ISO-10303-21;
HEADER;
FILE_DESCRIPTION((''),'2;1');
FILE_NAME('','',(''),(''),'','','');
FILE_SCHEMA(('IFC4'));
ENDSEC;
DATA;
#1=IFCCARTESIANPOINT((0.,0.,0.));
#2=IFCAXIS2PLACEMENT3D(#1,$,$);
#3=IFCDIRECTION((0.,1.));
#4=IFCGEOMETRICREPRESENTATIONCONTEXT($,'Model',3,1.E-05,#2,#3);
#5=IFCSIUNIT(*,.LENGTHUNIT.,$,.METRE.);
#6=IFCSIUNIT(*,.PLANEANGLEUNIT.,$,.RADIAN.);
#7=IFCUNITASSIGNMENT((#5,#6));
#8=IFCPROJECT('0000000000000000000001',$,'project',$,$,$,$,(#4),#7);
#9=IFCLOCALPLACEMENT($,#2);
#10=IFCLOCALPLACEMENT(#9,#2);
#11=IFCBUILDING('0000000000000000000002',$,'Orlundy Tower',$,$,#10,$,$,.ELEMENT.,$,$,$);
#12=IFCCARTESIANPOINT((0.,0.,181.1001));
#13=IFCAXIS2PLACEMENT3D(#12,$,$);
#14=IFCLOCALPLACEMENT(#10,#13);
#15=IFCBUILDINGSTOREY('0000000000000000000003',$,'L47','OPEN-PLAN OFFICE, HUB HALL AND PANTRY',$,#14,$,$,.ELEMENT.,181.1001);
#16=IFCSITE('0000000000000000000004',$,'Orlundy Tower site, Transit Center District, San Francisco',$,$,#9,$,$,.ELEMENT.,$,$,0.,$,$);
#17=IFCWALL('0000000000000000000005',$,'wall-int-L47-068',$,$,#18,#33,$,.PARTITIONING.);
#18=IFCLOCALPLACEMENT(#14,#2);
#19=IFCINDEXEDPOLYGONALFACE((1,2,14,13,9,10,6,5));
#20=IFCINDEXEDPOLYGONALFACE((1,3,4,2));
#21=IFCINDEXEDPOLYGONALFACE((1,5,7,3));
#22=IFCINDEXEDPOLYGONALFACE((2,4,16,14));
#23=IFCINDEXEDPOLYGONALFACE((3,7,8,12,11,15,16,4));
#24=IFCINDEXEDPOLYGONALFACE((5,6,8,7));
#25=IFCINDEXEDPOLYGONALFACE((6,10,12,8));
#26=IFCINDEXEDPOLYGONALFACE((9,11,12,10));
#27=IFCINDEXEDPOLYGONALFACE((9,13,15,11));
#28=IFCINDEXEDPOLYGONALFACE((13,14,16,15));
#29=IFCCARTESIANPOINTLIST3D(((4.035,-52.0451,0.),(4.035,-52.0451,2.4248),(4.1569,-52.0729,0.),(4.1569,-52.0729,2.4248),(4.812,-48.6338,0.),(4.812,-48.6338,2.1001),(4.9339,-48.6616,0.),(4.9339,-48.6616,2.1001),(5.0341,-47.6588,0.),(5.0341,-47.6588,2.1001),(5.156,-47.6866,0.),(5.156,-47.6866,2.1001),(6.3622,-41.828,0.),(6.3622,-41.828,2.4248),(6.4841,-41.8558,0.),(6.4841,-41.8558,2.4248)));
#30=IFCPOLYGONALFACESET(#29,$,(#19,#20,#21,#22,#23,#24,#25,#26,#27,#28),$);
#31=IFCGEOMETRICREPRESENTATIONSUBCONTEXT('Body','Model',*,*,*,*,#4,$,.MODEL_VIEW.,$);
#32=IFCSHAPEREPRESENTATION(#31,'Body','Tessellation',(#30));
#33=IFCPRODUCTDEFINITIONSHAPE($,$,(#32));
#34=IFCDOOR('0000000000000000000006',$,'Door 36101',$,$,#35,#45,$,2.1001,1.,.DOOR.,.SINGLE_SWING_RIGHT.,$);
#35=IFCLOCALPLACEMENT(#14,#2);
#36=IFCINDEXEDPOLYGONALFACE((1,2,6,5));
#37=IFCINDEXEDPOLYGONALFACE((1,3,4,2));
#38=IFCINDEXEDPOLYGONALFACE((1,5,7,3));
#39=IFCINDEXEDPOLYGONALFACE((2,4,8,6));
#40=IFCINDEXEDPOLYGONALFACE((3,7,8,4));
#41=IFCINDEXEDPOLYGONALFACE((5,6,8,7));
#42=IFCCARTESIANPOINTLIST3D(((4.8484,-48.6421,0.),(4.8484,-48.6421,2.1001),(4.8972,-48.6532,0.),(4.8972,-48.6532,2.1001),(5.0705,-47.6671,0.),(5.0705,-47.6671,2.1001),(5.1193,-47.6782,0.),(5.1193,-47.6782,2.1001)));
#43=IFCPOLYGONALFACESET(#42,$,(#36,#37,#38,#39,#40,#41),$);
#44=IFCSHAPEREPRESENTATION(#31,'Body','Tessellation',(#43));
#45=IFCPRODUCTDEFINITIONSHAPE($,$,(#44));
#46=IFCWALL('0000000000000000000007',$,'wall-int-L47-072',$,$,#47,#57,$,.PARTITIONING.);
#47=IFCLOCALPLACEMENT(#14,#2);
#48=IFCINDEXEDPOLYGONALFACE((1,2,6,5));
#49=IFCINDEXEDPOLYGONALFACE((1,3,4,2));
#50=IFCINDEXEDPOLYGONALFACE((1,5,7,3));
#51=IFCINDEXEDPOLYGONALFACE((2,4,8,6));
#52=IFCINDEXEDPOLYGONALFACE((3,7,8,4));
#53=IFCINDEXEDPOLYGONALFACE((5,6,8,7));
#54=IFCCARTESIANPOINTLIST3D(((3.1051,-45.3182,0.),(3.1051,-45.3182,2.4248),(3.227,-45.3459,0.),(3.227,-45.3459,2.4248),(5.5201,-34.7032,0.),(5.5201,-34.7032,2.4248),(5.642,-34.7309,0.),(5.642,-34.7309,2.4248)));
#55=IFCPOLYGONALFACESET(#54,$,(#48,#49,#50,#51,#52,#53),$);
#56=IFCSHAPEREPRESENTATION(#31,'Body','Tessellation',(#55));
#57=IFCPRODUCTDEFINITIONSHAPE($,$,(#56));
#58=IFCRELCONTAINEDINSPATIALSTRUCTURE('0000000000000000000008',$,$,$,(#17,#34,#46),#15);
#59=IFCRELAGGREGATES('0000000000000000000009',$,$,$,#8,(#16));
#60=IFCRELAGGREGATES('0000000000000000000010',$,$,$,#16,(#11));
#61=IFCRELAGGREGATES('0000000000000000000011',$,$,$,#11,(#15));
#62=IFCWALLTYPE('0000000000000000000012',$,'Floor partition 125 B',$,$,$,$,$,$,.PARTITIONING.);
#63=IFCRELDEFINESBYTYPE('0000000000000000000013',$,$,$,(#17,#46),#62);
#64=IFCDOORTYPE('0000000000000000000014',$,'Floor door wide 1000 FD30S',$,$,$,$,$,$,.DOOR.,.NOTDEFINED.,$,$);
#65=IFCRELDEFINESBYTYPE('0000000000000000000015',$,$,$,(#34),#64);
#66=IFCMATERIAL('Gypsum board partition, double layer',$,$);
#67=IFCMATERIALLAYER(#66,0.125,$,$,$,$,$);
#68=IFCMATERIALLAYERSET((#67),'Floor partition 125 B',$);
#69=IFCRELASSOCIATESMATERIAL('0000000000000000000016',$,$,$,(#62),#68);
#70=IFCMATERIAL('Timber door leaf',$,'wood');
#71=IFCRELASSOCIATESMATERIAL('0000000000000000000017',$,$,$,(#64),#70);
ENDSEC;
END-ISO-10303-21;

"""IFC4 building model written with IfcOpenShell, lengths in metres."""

from ifc_helpers import new_model, si_unit, direction, frame, frame_2d, origin, place, context, subcontext, project, spatial, rectangle, extrude, material, layer, layer_set, type_object, element, fill, save


model = new_model("IFC4")

# Units and contexts
model_context = context("Model", 3, precision=1e-05, world=origin(), true_north=direction((0.0, 1.0)))
body_context = subcontext(model_context, "Body", "Model", "MODEL_VIEW")
ifc_project = project(units=[si_unit("LENGTHUNIT", "METRE"), si_unit("PLANEANGLEUNIT", "RADIAN")], contexts=[model_context])

# Site, building, storey
site_placement = place(None, origin())
site = spatial("IfcSite", under=ifc_project, at=site_placement, Name="Orlundy Tower site, Transit Center District, San Francisco", CompositionType="ELEMENT", RefElevation=0.0)
building_placement = place(site_placement, origin())
building = spatial("IfcBuilding", under=site, at=building_placement, Name="Orlundy Tower", CompositionType="ELEMENT")
storey_placement = place(building_placement, frame((0.0, 0.0, 181.1001)))
storey = spatial("IfcBuildingStorey", under=building, at=storey_placement, Name="L47", Description="OPEN-PLAN OFFICE, HUB HALL AND PANTRY", CompositionType="ELEMENT", Elevation=181.1001)

# Shared definitions
ifc_material_1 = material(Name="Gypsum board partition, double layer")
ifc_layer_1 = layer(ifc_material_1, 0.125)
ifc_layer_set_1 = layer_set([ifc_layer_1], Name="Floor partition 125 B")
wall_type_1 = type_object("IfcWallType", Name="Floor partition 125 B", PredefinedType="PARTITIONING", material=ifc_layer_set_1)

# Wall, opening, door
wall_1_placement = place(storey_placement, frame((6.4231, -41.842, 0.0), z_axis=(0.0, 0.0, 1.0), x_axis=(-0.222083, -0.975028, 0.0)))
wall_1 = element("IfcWall", 1, at=wall_1_placement, inside=storey, type_object=wall_type_1, Name="wall-int-L47-068", PredefinedType="PARTITIONING", context=body_context, shape_type="SweptSolid", body=[
    extrude(rectangle(XDim=10.4788, YDim=0.125, at=frame_2d((5.2393, 0.0))), origin(), (0.0, 0.0, 1.0), 2.4248),
])
opening_1_placement = place(wall_1_placement, frame((5.98, 0.0, 0.0)))
opening_1 = element("IfcOpeningElement", 2, at=opening_1_placement, cuts=wall_1, PredefinedType="OPENING", context=body_context, shape_type="SweptSolid", body=[
    extrude(rectangle(XDim=1.0, YDim=2.1001, at=frame_2d((0.5, 1.05))), frame((0.0, 0.0725, 0.0), z_axis=(0.0, -1.0, 0.0), x_axis=(1.0, 0.0, 0.0)), (0.0, 0.0, 1.0), 0.145),
])
ifc_material_2 = material(Name="Timber door leaf", Category="wood")
door_type_1 = type_object("IfcDoorType", Name="Floor door wide 1000 FD30S", OperationType="NOTDEFINED", PredefinedType="DOOR", material=ifc_material_2)
door_1_placement = place(opening_1_placement, origin())
door_1 = element("IfcDoor", 3, at=door_1_placement, inside=storey, type_object=door_type_1, Name="Door 36101", OperationType="SINGLE_SWING_RIGHT", OverallHeight=2.1001, OverallWidth=1.0, PredefinedType="DOOR", context=body_context, shape_type="SweptSolid", body=[
    extrude(rectangle(XDim=1.0, YDim=2.1001, at=frame_2d((0.5, 1.05))), frame((0.0, 0.0249, 0.0), z_axis=(0.0, -1.0, 0.0), x_axis=(1.0, 0.0, 0.0)), (0.0, 0.0, 1.0), 0.05),
])
fill(opening_1, door_1)

# Wall
wall_2_placement = place(storey_placement, frame((3.166, -45.332, 0.0), z_axis=(0.0, 0.0, 1.0), x_axis=(0.221843, 0.975082, 0.0)))
element("IfcWall", 4, at=wall_2_placement, inside=storey, type_object=wall_type_1, Name="wall-int-L47-072", PredefinedType="PARTITIONING", context=body_context, shape_type="SweptSolid", body=[
    extrude(rectangle(XDim=10.8862, YDim=0.125, at=frame_2d((5.4431, 0.0))), origin(), (0.0, 0.0, 1.0), 2.4248),
])

save(model, "model.ifc")
